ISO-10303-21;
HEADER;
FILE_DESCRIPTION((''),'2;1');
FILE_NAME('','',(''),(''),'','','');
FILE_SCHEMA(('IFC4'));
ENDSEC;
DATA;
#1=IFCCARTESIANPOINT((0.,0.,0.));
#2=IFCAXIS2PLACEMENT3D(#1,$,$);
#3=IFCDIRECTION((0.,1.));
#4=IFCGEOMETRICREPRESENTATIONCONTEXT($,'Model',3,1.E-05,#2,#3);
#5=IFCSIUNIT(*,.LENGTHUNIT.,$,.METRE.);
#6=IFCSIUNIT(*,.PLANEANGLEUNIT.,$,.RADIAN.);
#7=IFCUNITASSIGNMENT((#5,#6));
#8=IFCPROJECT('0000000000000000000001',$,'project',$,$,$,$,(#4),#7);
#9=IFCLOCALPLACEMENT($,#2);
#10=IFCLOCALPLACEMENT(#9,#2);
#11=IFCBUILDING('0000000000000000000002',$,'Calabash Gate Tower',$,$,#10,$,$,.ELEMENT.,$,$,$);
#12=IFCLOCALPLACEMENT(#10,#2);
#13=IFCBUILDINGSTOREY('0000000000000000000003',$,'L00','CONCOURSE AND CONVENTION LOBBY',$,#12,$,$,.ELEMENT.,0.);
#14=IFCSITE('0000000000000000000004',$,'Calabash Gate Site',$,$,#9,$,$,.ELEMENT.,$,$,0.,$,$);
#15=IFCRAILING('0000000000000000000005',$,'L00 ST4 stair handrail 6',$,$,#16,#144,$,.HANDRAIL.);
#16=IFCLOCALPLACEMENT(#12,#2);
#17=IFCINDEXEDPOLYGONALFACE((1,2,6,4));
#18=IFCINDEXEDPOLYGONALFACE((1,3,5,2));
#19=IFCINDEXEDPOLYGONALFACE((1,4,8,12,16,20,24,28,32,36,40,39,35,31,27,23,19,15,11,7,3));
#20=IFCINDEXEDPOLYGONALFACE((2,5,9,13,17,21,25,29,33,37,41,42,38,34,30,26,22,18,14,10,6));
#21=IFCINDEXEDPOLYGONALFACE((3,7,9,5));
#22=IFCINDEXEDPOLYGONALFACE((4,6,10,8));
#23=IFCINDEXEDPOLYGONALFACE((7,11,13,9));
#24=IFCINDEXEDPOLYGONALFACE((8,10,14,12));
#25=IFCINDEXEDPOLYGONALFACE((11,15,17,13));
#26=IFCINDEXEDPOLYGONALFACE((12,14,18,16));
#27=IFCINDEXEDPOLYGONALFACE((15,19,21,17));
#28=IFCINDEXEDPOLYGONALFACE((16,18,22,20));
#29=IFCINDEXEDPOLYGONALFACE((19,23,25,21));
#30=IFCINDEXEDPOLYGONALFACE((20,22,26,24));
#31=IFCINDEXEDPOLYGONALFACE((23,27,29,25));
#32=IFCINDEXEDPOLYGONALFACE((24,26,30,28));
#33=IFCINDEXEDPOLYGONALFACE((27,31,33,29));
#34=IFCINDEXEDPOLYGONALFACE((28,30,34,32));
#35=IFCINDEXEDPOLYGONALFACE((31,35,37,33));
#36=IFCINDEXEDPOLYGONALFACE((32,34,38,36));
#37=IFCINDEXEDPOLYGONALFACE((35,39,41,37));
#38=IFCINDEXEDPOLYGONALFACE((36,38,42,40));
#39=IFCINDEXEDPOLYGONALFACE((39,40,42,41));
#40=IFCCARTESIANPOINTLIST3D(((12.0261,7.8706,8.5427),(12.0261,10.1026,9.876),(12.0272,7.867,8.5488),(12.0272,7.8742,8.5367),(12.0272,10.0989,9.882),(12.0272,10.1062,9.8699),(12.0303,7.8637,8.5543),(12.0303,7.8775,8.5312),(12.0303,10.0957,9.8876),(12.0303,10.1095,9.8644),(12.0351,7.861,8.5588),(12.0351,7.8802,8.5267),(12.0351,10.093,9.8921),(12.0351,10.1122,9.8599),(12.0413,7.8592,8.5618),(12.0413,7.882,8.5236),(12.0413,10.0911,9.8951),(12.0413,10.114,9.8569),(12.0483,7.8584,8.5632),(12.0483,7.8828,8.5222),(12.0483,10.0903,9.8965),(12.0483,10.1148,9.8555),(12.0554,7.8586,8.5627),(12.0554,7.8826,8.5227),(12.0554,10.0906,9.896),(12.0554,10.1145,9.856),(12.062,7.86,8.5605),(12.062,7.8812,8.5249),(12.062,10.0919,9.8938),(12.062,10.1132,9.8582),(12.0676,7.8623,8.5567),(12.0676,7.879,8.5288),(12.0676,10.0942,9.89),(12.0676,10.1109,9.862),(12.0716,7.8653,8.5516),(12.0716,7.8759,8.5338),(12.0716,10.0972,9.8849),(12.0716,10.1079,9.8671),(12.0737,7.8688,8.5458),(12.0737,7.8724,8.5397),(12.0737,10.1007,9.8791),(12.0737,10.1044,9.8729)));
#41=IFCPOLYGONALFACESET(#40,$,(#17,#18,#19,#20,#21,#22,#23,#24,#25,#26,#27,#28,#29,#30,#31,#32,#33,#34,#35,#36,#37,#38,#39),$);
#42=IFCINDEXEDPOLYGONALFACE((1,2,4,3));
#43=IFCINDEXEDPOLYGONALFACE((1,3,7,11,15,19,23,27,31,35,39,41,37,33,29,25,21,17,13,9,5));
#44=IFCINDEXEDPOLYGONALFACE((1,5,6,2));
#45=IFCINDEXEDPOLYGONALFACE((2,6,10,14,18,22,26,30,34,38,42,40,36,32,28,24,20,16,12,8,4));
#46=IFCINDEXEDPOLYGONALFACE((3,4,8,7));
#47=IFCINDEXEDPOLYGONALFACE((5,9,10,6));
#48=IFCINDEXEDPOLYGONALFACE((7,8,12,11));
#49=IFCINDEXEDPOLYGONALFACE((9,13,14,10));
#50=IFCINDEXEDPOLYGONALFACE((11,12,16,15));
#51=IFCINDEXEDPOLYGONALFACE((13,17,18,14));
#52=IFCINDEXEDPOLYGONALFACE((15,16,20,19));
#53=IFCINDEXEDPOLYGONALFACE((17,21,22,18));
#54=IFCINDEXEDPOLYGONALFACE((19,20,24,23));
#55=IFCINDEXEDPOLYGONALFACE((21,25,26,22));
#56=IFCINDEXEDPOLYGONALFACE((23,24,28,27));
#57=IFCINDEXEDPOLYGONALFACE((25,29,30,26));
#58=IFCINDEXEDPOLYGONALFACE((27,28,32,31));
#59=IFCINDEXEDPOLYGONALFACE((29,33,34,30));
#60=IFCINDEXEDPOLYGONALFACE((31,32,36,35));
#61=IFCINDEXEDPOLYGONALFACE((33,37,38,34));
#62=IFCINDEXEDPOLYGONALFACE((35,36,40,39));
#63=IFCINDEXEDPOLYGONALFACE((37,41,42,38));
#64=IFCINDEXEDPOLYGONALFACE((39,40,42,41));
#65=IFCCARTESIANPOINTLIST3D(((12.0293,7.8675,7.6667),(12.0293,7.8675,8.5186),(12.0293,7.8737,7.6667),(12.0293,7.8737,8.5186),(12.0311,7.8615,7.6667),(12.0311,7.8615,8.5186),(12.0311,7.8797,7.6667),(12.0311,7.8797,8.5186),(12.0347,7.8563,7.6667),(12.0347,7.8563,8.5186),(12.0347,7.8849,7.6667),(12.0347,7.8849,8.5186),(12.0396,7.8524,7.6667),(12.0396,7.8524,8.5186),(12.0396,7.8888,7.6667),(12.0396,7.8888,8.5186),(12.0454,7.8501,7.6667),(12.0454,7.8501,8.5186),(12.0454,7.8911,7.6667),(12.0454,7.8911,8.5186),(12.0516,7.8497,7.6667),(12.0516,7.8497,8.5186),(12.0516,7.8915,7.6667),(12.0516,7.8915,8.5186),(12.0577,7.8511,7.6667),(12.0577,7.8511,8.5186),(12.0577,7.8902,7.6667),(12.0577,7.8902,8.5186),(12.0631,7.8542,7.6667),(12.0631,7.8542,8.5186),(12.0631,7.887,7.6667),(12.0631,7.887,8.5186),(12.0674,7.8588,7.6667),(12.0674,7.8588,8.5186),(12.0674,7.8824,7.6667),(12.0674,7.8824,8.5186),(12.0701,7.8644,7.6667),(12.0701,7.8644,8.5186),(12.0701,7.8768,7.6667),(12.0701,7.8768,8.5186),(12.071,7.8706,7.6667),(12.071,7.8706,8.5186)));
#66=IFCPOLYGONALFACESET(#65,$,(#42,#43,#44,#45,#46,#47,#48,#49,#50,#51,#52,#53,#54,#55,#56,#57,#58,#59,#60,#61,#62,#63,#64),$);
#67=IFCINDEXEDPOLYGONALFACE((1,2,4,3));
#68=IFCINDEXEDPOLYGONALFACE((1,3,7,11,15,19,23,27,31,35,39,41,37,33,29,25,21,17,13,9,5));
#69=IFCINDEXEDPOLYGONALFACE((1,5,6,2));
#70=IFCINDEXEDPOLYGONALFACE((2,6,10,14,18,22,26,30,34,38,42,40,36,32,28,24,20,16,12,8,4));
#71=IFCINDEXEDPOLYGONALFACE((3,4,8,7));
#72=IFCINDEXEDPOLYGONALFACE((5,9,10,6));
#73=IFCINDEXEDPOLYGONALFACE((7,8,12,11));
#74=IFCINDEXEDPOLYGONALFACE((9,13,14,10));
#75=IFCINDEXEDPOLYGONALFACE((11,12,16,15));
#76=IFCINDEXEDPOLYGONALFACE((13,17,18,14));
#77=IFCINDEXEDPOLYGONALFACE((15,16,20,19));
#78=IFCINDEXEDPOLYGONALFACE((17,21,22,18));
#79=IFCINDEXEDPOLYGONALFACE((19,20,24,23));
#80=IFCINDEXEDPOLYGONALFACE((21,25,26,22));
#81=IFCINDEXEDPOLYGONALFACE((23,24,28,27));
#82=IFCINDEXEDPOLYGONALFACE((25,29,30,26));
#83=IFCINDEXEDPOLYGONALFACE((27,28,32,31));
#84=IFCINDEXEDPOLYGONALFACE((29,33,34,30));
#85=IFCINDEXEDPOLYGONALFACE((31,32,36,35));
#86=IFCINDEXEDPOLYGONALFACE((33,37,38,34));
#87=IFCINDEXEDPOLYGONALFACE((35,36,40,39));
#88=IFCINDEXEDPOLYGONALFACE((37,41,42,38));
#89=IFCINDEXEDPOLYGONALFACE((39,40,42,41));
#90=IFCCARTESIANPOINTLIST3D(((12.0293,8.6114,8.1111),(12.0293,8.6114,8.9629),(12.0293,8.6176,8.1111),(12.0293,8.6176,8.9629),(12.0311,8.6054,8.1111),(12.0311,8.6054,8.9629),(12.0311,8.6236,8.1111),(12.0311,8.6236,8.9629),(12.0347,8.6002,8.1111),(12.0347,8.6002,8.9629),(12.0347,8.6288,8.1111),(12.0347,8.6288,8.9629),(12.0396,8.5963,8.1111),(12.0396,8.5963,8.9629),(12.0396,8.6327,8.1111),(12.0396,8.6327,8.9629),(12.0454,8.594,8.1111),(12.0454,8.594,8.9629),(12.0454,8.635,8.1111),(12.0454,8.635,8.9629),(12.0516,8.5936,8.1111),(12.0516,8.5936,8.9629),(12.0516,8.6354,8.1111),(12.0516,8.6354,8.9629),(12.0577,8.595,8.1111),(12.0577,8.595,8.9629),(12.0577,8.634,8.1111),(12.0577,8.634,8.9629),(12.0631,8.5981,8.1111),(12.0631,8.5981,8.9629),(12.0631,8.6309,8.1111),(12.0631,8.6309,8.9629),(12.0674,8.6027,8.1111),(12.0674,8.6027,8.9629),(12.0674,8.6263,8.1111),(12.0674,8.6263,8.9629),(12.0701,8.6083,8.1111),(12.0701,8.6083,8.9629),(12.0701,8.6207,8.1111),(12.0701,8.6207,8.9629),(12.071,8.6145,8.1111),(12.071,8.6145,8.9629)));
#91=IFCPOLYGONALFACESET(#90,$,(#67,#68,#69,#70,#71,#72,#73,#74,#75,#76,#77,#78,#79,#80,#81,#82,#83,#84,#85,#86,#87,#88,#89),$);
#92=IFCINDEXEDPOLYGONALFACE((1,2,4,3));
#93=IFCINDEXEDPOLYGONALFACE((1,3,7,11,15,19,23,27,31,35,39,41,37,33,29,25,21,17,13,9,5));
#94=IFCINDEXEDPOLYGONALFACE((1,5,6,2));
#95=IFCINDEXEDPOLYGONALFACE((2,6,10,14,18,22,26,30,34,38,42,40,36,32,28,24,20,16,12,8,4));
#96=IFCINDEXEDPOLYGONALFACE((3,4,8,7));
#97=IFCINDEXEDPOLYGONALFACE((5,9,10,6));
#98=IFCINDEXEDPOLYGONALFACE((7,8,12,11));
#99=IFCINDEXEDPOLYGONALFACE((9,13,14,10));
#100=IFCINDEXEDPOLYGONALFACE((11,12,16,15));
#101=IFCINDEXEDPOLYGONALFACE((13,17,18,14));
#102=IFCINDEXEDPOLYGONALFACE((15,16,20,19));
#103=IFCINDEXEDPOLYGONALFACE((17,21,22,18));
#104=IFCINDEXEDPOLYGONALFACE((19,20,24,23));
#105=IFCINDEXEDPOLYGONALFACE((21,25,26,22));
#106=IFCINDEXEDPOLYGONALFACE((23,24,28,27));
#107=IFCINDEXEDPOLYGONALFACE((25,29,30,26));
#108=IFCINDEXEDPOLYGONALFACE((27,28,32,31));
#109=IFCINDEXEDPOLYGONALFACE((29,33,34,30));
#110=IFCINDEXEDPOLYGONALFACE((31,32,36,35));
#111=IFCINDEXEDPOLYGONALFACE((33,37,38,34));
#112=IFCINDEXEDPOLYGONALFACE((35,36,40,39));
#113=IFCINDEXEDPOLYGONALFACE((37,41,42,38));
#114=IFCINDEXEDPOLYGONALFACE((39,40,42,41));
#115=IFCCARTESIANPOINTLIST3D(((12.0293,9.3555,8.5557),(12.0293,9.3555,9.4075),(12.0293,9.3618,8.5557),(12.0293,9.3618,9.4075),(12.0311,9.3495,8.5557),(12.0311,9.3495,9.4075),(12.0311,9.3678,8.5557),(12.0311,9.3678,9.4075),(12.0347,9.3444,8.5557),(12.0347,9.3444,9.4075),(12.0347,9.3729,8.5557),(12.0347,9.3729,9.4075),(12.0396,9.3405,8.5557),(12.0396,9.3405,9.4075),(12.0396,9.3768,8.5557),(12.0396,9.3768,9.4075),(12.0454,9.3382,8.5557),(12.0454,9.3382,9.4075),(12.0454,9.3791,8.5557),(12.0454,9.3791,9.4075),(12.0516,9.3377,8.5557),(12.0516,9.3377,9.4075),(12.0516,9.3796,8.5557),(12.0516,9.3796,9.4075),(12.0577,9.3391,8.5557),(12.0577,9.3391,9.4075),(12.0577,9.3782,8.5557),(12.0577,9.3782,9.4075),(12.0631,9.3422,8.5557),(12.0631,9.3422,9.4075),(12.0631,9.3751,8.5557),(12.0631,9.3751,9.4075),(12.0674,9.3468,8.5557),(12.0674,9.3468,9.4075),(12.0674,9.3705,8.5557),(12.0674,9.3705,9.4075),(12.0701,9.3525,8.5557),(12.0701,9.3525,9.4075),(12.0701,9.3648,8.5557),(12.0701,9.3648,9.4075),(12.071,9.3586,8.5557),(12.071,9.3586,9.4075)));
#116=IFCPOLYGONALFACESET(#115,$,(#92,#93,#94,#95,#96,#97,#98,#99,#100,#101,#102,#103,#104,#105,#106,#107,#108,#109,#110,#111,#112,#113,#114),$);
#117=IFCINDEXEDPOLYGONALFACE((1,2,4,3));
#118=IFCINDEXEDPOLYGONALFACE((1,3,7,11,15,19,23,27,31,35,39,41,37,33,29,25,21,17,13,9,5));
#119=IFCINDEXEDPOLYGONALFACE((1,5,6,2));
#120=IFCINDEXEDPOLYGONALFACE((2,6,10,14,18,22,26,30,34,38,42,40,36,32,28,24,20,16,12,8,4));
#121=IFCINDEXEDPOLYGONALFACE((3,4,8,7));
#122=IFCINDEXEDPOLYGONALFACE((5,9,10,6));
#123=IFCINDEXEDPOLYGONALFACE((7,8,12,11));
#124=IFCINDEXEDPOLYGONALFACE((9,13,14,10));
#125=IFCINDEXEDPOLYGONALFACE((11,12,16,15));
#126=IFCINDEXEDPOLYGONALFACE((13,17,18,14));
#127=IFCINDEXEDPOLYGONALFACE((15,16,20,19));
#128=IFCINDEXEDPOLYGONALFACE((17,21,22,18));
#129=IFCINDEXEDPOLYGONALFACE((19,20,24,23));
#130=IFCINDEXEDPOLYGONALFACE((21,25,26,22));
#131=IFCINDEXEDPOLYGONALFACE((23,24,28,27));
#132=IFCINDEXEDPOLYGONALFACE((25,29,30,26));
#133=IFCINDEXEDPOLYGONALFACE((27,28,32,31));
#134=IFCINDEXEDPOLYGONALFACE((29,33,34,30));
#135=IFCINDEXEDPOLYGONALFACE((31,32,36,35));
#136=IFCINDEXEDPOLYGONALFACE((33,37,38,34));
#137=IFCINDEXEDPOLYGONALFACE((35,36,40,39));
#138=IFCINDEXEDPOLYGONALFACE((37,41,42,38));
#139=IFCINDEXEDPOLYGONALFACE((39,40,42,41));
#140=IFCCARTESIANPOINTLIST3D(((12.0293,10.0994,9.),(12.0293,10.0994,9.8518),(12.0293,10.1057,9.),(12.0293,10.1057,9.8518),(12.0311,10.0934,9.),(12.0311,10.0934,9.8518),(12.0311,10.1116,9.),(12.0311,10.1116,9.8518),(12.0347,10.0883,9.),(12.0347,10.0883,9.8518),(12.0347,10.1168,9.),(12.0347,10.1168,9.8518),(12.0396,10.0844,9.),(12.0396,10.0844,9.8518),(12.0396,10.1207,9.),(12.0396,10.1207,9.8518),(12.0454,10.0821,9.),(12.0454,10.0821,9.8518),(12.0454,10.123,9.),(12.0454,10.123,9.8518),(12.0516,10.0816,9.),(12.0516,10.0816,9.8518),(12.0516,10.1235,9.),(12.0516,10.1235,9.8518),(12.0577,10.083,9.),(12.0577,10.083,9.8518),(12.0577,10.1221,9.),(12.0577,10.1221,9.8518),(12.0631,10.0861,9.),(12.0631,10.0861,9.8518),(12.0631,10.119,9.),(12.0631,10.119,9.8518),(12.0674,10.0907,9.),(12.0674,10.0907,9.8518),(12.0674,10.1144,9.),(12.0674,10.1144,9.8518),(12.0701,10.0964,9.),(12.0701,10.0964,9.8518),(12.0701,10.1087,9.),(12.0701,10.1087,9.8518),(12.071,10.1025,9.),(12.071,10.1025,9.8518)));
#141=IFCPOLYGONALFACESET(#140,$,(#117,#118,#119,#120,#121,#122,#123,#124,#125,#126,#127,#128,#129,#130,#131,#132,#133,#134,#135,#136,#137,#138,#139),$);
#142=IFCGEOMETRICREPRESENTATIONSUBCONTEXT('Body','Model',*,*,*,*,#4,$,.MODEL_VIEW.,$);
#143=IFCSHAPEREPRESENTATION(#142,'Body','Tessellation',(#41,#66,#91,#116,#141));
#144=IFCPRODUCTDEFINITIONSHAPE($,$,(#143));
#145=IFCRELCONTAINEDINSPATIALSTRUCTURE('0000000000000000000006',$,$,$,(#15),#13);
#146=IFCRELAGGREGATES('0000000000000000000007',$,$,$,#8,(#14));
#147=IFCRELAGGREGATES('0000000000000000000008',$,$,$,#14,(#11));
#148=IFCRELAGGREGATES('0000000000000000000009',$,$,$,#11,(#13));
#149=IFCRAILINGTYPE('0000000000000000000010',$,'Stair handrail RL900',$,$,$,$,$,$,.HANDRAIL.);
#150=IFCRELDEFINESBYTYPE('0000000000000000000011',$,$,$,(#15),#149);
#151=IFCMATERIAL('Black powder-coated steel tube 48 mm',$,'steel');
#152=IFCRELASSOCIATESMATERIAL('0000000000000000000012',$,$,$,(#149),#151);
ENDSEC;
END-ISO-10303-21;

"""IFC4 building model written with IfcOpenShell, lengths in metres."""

from ifc_helpers import new_model, si_unit, direction, frame, origin, origin_2d, place, context, subcontext, project, spatial, circle, extrude, material, type_object, element, save


model = new_model("IFC4")

# Units and contexts
model_context = context("Model", 3, precision=1e-05, world=origin(), true_north=direction((0.0, 1.0)))
body_context = subcontext(model_context, "Body", "Model", "MODEL_VIEW")
ifc_project = project(units=[si_unit("LENGTHUNIT", "METRE"), si_unit("PLANEANGLEUNIT", "RADIAN")], contexts=[model_context])

# Site, building, storey
site_placement = place(None, origin())
site = spatial("IfcSite", under=ifc_project, at=site_placement, Name="Calabash Gate Site", CompositionType="ELEMENT", RefElevation=0.0)
building_placement = place(site_placement, origin())
building = spatial("IfcBuilding", under=site, at=building_placement, Name="Calabash Gate Tower", CompositionType="ELEMENT")
storey_placement = place(building_placement, origin())
storey = spatial("IfcBuildingStorey", under=building, at=storey_placement, Name="L00", Description="CONCOURSE AND CONVENTION LOBBY", CompositionType="ELEMENT", Elevation=0.0)

# Railing
ifc_material_1 = material(Name="Black powder-coated steel tube 48 mm", Category="steel")
railing_type_1 = type_object("IfcRailingType", Name="Stair handrail RL900", PredefinedType="HANDRAIL", material=ifc_material_1)
railing_1_placement = place(storey_placement, frame((12.05, 7.8706, 7.6667)))
element("IfcRailing", 1, at=railing_1_placement, inside=storey, type_object=railing_type_1, Name="L00 ST4 stair handrail 6", PredefinedType="HANDRAIL", context=body_context, shape_type="SweptSolid", body=[
    extrude(circle(Radius=0.0239, at=origin_2d()), frame((0.0, 0.0, 0.876), z_axis=(0.0, 0.858494, 0.512824), x_axis=(-1.0, 0.0, 0.0)), (0.0, 0.0, 1.0), 2.5999),
    extrude(circle(Radius=0.021, at=origin_2d()), origin(), (0.0, 0.0, 1.0), 0.8518),
    extrude(circle(Radius=0.021, at=origin_2d()), frame((0.0, 0.7439, 0.4443)), (0.0, 0.0, 1.0), 0.8518),
    extrude(circle(Radius=0.021, at=origin_2d()), frame((0.0, 1.488, 0.8889)), (0.0, 0.0, 1.0), 0.8518),
    extrude(circle(Radius=0.021, at=origin_2d()), frame((0.0, 2.2319, 1.3333)), (0.0, 0.0, 1.0), 0.8518),
])

save(model, "model.ifc")
